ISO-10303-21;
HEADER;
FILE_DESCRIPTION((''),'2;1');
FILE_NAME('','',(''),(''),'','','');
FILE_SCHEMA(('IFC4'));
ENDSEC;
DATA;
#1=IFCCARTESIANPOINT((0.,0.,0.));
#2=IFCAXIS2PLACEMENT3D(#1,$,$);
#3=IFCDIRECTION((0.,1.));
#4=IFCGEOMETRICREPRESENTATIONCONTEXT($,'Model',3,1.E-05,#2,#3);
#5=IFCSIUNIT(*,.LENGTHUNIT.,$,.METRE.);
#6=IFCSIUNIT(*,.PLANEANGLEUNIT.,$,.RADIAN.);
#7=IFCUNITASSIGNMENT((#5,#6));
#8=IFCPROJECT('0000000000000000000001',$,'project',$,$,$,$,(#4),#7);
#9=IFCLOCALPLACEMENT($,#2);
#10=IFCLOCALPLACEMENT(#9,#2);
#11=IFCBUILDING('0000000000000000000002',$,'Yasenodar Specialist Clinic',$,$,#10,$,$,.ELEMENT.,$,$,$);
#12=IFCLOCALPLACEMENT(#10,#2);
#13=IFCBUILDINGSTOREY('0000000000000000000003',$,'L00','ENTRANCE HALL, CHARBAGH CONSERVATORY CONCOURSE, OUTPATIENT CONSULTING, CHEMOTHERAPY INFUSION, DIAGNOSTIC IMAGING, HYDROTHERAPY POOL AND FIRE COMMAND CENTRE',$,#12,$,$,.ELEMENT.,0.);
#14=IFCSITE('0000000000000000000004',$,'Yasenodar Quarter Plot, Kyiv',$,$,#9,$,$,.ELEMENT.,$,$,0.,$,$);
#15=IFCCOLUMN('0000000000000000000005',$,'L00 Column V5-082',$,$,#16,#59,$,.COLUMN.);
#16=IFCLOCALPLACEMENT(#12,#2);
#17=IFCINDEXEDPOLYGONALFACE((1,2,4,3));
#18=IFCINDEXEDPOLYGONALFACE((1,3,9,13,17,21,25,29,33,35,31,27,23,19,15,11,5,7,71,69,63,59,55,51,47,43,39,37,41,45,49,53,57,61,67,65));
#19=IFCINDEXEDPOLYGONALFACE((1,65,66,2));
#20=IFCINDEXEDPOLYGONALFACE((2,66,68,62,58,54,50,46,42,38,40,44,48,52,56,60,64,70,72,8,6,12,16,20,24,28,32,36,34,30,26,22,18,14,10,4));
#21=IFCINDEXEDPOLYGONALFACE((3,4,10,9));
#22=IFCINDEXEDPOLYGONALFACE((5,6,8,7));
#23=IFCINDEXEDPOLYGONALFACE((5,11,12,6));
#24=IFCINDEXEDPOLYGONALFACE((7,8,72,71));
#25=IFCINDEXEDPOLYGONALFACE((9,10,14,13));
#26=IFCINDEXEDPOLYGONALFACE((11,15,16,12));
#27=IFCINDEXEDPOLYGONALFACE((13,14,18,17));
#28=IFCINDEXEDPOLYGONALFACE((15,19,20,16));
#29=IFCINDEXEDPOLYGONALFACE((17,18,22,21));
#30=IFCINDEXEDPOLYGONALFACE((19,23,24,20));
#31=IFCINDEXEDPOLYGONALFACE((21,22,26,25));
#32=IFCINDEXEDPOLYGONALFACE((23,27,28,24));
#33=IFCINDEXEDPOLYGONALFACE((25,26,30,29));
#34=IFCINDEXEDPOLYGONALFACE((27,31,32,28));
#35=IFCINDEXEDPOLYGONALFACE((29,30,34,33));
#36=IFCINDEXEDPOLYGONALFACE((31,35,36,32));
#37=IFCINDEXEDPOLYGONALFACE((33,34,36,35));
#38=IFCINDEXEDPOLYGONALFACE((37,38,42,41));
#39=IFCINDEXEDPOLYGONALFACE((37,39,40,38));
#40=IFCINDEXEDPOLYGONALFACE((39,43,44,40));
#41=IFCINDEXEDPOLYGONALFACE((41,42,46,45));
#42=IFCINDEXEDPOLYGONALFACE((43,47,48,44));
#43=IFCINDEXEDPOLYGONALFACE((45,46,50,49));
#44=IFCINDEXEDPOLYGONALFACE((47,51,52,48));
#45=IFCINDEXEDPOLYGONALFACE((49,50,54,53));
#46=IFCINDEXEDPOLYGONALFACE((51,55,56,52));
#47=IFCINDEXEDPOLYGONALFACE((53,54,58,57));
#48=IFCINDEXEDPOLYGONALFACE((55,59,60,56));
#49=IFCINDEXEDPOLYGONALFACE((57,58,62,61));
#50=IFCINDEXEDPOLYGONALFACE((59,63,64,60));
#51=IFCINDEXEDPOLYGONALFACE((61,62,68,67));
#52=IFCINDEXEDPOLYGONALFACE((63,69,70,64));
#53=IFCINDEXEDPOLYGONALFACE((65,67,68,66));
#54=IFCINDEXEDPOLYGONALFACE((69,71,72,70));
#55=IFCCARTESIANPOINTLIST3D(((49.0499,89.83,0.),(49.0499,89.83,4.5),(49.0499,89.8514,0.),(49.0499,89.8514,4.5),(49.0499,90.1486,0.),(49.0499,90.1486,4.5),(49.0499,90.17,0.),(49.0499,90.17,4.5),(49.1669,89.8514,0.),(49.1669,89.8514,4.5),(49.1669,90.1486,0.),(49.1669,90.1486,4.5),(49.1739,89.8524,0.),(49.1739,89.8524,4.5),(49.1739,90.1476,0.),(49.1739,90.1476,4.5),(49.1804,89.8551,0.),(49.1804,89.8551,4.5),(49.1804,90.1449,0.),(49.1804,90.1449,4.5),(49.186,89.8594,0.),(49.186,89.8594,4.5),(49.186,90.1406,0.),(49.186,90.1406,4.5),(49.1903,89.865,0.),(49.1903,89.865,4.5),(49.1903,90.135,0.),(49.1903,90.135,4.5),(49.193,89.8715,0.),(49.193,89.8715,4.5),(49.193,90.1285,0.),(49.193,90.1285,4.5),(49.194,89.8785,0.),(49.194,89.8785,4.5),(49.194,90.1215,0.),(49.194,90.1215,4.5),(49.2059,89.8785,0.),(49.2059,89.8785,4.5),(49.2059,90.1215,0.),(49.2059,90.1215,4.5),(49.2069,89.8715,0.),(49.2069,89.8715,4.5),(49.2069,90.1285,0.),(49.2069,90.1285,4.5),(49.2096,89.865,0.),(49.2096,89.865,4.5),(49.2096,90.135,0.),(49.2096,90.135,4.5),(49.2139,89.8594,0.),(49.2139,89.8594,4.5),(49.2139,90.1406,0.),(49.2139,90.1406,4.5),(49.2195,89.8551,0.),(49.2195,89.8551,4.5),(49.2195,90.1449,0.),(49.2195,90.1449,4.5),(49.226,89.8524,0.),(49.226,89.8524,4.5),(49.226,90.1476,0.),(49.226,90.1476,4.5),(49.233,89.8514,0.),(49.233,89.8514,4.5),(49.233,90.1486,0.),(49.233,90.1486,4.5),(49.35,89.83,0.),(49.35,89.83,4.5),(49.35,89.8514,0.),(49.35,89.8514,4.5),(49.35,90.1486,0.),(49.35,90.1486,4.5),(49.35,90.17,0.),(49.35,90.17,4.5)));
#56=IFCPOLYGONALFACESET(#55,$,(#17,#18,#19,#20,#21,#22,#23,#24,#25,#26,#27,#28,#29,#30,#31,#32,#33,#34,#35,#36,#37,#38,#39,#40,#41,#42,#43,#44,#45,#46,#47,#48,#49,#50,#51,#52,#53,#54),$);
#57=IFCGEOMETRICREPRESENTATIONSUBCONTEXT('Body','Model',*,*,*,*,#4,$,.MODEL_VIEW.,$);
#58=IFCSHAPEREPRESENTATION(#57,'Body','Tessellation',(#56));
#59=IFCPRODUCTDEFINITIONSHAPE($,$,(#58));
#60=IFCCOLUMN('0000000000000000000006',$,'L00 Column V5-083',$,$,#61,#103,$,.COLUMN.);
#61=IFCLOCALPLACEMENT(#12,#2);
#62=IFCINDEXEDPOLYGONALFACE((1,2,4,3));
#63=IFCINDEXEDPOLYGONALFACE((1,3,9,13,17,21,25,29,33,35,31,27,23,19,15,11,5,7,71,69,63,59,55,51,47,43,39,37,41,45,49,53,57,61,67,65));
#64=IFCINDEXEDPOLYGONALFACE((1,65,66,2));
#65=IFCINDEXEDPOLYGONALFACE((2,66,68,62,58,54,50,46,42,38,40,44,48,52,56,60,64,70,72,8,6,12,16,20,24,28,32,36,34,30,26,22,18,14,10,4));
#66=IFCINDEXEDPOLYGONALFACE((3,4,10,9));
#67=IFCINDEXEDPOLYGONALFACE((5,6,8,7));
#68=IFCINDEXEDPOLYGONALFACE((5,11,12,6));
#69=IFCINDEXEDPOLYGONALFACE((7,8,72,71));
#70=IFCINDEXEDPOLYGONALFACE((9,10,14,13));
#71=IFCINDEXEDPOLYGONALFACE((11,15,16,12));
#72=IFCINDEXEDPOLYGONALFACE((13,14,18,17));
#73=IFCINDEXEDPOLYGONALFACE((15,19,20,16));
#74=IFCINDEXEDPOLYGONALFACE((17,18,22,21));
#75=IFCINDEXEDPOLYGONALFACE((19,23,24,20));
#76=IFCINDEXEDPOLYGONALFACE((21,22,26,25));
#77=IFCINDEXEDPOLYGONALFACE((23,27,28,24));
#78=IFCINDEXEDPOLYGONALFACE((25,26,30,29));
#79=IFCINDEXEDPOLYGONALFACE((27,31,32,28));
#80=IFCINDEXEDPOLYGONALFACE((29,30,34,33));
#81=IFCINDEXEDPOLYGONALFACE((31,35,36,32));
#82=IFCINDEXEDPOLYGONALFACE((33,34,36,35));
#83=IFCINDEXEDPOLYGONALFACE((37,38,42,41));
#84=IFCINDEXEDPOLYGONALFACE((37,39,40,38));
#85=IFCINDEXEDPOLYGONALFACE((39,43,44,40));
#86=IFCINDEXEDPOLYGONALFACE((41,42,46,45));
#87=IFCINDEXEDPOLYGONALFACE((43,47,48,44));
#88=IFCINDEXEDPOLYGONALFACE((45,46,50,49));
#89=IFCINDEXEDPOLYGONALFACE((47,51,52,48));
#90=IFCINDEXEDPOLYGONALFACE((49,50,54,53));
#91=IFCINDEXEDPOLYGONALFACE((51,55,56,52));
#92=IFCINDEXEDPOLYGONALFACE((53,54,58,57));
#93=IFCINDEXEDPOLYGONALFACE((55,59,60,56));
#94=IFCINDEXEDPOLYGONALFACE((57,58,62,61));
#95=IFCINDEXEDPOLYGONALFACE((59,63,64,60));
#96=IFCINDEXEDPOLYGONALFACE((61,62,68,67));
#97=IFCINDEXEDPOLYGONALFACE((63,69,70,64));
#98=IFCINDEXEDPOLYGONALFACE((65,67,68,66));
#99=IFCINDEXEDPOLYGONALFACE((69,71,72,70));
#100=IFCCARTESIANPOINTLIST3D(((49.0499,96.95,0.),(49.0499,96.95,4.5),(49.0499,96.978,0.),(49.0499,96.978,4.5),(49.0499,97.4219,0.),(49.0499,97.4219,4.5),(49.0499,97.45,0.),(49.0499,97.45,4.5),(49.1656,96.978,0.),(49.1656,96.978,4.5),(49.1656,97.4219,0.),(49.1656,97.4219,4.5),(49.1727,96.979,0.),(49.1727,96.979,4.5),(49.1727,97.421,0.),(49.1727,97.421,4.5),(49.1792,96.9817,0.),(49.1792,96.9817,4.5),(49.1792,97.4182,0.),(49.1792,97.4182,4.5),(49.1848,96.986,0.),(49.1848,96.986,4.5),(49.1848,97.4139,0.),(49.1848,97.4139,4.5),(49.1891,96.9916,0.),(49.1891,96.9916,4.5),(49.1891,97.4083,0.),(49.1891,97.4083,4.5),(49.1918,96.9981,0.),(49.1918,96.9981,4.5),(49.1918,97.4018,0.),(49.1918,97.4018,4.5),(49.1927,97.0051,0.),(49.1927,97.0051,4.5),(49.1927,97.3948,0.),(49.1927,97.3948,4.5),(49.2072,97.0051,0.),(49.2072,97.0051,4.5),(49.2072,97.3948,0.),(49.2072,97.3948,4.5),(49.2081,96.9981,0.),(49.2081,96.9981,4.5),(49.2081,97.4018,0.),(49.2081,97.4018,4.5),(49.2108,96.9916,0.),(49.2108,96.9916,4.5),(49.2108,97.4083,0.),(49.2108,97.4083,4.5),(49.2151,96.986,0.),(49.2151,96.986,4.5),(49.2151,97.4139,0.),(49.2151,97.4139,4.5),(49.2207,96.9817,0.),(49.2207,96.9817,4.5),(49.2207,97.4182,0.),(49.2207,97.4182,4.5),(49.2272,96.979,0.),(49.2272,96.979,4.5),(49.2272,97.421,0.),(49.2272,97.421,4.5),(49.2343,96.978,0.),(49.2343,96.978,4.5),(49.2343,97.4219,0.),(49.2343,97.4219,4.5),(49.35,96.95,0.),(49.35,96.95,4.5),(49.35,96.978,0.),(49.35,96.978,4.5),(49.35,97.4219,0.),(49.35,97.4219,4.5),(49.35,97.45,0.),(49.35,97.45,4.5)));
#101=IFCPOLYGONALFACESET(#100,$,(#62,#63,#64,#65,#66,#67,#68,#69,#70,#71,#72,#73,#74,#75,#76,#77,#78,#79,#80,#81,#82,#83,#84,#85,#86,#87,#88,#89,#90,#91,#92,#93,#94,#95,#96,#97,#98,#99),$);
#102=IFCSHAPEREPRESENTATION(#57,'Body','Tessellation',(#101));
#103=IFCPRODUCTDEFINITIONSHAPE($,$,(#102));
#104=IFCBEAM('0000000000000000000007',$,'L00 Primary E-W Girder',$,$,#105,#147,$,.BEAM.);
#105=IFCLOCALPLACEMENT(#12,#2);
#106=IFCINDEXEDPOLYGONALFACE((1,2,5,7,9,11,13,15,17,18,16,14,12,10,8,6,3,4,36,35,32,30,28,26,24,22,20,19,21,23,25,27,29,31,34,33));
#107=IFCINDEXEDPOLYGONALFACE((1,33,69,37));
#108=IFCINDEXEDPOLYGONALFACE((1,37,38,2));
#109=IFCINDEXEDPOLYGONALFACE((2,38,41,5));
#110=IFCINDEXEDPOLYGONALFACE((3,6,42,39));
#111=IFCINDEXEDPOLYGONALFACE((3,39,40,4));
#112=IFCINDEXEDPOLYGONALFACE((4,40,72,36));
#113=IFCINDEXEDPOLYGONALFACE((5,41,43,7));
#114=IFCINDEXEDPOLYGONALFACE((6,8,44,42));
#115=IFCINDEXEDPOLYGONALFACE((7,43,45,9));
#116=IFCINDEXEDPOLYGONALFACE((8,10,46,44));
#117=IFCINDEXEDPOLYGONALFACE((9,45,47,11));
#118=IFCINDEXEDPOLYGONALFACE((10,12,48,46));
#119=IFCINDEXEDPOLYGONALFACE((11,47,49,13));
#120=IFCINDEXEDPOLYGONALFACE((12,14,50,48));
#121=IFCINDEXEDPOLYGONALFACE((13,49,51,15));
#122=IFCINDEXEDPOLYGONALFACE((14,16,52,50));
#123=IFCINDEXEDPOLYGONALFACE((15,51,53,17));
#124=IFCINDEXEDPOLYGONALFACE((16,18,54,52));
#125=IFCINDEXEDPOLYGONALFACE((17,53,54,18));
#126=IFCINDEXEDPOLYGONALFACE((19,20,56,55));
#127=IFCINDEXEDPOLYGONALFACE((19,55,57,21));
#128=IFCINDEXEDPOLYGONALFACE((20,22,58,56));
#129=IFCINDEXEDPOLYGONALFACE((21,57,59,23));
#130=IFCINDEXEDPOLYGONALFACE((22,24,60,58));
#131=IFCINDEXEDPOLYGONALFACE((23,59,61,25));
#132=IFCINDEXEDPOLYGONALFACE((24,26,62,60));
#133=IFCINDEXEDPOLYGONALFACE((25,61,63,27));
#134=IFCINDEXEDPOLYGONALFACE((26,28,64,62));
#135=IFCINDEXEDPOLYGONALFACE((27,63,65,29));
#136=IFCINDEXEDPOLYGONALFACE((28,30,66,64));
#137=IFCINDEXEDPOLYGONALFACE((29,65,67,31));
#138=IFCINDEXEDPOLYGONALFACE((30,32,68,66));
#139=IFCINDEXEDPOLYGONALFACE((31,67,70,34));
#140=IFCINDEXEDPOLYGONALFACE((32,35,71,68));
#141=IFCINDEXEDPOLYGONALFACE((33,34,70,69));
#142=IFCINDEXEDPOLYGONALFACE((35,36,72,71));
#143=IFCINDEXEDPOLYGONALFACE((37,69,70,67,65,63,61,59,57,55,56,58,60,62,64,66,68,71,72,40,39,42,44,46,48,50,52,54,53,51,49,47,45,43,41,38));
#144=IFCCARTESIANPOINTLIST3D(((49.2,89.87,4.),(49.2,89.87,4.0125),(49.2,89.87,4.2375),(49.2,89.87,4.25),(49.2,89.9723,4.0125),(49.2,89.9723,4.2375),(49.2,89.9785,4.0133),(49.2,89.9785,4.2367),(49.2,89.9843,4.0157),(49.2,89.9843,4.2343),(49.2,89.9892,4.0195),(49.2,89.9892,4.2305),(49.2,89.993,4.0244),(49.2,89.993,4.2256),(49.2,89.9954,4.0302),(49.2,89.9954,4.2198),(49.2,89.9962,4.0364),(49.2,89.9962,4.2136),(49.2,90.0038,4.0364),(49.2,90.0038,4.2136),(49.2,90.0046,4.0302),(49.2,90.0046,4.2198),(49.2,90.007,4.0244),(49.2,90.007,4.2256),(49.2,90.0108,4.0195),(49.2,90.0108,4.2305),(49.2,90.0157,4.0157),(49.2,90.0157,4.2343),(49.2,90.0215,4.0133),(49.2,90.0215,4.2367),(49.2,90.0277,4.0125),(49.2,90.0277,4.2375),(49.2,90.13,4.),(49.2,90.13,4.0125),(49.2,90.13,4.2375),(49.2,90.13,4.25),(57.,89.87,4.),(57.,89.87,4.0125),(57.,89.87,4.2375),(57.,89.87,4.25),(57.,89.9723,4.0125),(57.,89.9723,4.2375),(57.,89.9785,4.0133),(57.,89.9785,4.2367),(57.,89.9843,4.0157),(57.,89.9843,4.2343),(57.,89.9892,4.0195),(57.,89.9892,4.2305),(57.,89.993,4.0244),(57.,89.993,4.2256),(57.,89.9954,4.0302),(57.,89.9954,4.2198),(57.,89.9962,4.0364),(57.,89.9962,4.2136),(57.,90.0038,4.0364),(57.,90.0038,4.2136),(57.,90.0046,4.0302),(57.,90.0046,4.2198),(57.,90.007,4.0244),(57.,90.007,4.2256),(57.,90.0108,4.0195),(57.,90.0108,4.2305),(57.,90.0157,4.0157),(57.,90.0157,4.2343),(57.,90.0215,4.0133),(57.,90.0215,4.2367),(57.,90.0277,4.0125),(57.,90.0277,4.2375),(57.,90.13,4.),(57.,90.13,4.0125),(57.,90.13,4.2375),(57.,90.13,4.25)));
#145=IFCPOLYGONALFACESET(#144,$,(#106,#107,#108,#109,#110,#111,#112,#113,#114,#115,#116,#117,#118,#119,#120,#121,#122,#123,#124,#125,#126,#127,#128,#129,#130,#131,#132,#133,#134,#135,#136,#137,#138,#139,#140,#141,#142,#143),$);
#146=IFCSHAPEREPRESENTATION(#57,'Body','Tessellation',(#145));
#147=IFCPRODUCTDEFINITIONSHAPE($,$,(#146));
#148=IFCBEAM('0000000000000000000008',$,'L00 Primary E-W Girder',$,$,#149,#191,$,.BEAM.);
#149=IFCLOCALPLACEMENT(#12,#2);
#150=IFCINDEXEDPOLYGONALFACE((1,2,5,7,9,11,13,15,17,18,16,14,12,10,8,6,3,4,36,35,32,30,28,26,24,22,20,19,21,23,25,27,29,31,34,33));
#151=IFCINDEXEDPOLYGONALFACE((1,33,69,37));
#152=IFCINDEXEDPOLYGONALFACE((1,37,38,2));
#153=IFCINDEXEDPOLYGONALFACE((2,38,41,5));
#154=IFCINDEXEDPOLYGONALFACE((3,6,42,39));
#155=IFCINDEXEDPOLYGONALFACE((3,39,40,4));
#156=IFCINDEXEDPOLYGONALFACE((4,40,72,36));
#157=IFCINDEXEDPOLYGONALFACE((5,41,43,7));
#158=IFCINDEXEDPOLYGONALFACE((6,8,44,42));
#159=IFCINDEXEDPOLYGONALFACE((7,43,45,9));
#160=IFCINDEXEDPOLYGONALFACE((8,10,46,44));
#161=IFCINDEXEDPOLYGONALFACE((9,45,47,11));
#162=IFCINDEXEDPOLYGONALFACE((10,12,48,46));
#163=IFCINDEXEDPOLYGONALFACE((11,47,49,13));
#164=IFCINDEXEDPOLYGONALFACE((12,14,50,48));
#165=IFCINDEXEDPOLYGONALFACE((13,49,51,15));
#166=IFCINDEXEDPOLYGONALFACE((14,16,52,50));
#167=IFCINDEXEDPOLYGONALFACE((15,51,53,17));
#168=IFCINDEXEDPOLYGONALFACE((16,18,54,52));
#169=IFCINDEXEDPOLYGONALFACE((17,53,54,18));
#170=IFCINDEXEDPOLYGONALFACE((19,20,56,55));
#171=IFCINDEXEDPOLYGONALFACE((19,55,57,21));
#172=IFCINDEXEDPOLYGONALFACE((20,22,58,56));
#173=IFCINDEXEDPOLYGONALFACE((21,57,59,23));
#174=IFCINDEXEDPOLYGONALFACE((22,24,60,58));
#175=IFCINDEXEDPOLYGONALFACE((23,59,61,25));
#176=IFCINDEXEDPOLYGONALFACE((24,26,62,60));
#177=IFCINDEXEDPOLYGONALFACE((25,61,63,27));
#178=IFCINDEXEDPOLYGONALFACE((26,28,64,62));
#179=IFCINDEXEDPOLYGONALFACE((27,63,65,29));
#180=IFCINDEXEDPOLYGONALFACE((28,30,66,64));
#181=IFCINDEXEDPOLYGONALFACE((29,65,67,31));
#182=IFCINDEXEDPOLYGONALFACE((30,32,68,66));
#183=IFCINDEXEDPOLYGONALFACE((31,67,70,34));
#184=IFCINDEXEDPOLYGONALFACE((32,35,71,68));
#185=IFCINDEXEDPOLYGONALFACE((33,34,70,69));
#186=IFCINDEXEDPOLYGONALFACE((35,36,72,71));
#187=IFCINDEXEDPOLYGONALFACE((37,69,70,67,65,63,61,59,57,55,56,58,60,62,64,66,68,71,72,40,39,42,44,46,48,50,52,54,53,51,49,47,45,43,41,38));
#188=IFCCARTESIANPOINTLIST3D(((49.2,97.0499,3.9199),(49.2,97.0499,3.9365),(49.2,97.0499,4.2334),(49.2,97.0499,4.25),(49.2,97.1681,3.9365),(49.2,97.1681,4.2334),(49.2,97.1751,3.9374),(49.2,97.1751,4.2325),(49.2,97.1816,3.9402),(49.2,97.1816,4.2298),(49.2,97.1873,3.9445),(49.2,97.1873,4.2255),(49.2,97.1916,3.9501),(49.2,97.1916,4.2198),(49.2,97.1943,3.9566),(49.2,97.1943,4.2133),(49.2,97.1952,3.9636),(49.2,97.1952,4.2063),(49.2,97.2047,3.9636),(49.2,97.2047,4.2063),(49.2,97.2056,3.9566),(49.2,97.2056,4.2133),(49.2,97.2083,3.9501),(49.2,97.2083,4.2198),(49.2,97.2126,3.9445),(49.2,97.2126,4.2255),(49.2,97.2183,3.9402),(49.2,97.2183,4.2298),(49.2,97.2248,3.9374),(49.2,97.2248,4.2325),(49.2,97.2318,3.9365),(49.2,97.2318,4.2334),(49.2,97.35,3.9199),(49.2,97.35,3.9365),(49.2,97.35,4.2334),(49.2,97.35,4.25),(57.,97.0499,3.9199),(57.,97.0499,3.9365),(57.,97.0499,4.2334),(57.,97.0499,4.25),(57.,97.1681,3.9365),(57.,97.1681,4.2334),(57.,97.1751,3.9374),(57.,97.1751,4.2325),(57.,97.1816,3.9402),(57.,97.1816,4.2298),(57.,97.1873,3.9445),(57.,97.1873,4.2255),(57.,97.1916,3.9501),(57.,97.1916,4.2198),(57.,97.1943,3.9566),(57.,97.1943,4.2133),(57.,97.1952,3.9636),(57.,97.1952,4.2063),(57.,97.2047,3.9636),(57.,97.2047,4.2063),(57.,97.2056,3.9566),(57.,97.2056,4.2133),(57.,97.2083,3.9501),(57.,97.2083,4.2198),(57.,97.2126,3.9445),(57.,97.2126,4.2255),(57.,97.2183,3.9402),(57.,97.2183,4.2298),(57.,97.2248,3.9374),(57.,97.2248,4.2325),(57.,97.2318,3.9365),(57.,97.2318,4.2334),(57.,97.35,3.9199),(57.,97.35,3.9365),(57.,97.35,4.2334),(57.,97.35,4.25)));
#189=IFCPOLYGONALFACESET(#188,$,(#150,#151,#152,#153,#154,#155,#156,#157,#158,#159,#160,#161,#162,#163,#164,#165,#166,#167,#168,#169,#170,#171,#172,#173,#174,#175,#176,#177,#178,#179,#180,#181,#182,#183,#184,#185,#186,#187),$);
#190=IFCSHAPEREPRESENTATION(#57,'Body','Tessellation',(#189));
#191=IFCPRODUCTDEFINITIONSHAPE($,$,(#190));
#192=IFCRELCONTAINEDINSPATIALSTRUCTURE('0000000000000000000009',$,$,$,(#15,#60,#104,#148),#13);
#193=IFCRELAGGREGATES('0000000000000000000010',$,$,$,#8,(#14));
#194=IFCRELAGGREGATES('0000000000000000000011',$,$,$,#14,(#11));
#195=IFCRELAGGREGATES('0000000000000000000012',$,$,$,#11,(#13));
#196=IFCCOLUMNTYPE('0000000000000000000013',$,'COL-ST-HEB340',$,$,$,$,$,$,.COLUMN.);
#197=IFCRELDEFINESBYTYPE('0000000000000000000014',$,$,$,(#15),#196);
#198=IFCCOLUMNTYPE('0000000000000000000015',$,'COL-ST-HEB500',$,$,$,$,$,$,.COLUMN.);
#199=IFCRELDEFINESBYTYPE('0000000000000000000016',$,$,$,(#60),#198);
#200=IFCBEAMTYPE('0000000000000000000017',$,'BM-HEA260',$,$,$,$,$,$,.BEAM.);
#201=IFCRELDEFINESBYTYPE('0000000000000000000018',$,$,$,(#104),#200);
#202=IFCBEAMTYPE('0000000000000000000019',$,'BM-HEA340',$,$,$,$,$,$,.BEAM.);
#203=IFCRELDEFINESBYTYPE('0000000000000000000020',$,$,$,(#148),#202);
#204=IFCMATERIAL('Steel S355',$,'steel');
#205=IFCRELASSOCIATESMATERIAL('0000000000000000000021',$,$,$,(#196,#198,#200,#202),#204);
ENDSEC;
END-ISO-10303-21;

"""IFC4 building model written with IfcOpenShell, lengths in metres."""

from ifc_helpers import new_model, si_unit, direction, frame, origin, origin_2d, place, context, subcontext, project, spatial, i_section, extrude, material, material_profile, profile_set, type_object, element, save


model = new_model("IFC4")

# Units and contexts
model_context = context("Model", 3, precision=1e-05, world=origin(), true_north=direction((0.0, 1.0)))
body_context = subcontext(model_context, "Body", "Model", "MODEL_VIEW")
ifc_project = project(units=[si_unit("LENGTHUNIT", "METRE"), si_unit("PLANEANGLEUNIT", "RADIAN")], contexts=[model_context])

# Site, building, storey
site_placement = place(None, origin())
site = spatial("IfcSite", under=ifc_project, at=site_placement, Name="Yasenodar Quarter Plot, Kyiv", CompositionType="ELEMENT", RefElevation=0.0)
building_placement = place(site_placement, origin())
building = spatial("IfcBuilding", under=site, at=building_placement, Name="Yasenodar Specialist Clinic", CompositionType="ELEMENT")
storey_placement = place(building_placement, origin())
storey = spatial("IfcBuildingStorey", under=building, at=storey_placement, Name="L00", Description="ENTRANCE HALL, CHARBAGH CONSERVATORY CONCOURSE, OUTPATIENT CONSULTING, CHEMOTHERAPY INFUSION, DIAGNOSTIC IMAGING, HYDROTHERAPY POOL AND FIRE COMMAND CENTRE", CompositionType="ELEMENT", Elevation=0.0)

# Columns
ifc_material_1 = material(Name="Steel S355", Category="steel")
ifc_material_profile_1 = material_profile(ifc_material_1, i_section(OverallWidth=0.3, OverallDepth=0.3401, WebThickness=0.012, FlangeThickness=0.0215, FilletRadius=0.0271, at=origin_2d()), Name="HEB 340")
ifc_profile_set_1 = profile_set([ifc_material_profile_1], Name="Steel S355")
column_type_1 = type_object("IfcColumnType", Name="COL-ST-HEB340", PredefinedType="COLUMN", material=ifc_profile_set_1)
column_1_placement = place(storey_placement, frame((49.2, 90.0, 0.0), z_axis=(0.0, 0.0, 1.0), x_axis=(1.0, 0.0, 0.0)))
element("IfcColumn", 1, at=column_1_placement, inside=storey, type_object=column_type_1, Name="L00 Column V5-082", PredefinedType="COLUMN", context=body_context, shape_type="SweptSolid", body=[
    extrude(i_section(OverallWidth=0.3, OverallDepth=0.3401, WebThickness=0.012, FlangeThickness=0.0215, FilletRadius=0.0271, at=origin_2d()), origin(), (0.0, 0.0, 1.0), 4.5),
])
ifc_material_profile_2 = material_profile(ifc_material_1, i_section(OverallWidth=0.3, OverallDepth=0.5, WebThickness=0.0144, FlangeThickness=0.0281, FilletRadius=0.0271, at=origin_2d()), Name="HEB 500")
ifc_profile_set_2 = profile_set([ifc_material_profile_2], Name="Steel S355")
column_type_2 = type_object("IfcColumnType", Name="COL-ST-HEB500", PredefinedType="COLUMN", material=ifc_profile_set_2)
column_2_placement = place(storey_placement, frame((49.2, 97.2, 0.0), z_axis=(0.0, 0.0, 1.0), x_axis=(1.0, 0.0, 0.0)))
element("IfcColumn", 2, at=column_2_placement, inside=storey, type_object=column_type_2, Name="L00 Column V5-083", PredefinedType="COLUMN", context=body_context, shape_type="SweptSolid", body=[
    extrude(i_section(OverallWidth=0.3, OverallDepth=0.5, WebThickness=0.0144, FlangeThickness=0.0281, FilletRadius=0.0271, at=origin_2d()), origin(), (0.0, 0.0, 1.0), 4.5),
])

# Beams
ifc_material_profile_3 = material_profile(ifc_material_1, i_section(OverallWidth=0.26, OverallDepth=0.25, WebThickness=0.0076, FlangeThickness=0.0125, FilletRadius=0.0239, at=origin_2d()), Name="HEA 260")
ifc_profile_set_3 = profile_set([ifc_material_profile_3], Name="Steel S355")
beam_type_1 = type_object("IfcBeamType", Name="BM-HEA260", PredefinedType="BEAM", material=ifc_profile_set_3)
beam_1_placement = place(storey_placement, frame((49.2, 90.0, 4.125), z_axis=(1.0, 0.0, 0.0), x_axis=(0.0, 1.0, 0.0)))
element("IfcBeam", 3, at=beam_1_placement, inside=storey, type_object=beam_type_1, Name="L00 Primary E-W Girder", PredefinedType="BEAM", context=body_context, shape_type="SweptSolid", body=[
    extrude(i_section(OverallWidth=0.26, OverallDepth=0.25, WebThickness=0.0076, FlangeThickness=0.0125, FilletRadius=0.0239, at=origin_2d()), origin(), (0.0, 0.0, 1.0), 7.8),
])
ifc_material_profile_4 = material_profile(ifc_material_1, i_section(OverallWidth=0.3, OverallDepth=0.3301, WebThickness=0.0095, FlangeThickness=0.0166, FilletRadius=0.0271, at=origin_2d()), Name="HEA 340")
ifc_profile_set_4 = profile_set([ifc_material_profile_4], Name="Steel S355")
beam_type_2 = type_object("IfcBeamType", Name="BM-HEA340", PredefinedType="BEAM", material=ifc_profile_set_4)
beam_2_placement = place(storey_placement, frame((49.2, 97.2, 4.085), z_axis=(1.0, 0.0, 0.0), x_axis=(0.0, 1.0, 0.0)))
element("IfcBeam", 4, at=beam_2_placement, inside=storey, type_object=beam_type_2, Name="L00 Primary E-W Girder", PredefinedType="BEAM", context=body_context, shape_type="SweptSolid", body=[
    extrude(i_section(OverallWidth=0.3, OverallDepth=0.3301, WebThickness=0.0095, FlangeThickness=0.0166, FilletRadius=0.0271, at=origin_2d()), origin(), (0.0, 0.0, 1.0), 7.8),
])

save(model, "model.ifc")
